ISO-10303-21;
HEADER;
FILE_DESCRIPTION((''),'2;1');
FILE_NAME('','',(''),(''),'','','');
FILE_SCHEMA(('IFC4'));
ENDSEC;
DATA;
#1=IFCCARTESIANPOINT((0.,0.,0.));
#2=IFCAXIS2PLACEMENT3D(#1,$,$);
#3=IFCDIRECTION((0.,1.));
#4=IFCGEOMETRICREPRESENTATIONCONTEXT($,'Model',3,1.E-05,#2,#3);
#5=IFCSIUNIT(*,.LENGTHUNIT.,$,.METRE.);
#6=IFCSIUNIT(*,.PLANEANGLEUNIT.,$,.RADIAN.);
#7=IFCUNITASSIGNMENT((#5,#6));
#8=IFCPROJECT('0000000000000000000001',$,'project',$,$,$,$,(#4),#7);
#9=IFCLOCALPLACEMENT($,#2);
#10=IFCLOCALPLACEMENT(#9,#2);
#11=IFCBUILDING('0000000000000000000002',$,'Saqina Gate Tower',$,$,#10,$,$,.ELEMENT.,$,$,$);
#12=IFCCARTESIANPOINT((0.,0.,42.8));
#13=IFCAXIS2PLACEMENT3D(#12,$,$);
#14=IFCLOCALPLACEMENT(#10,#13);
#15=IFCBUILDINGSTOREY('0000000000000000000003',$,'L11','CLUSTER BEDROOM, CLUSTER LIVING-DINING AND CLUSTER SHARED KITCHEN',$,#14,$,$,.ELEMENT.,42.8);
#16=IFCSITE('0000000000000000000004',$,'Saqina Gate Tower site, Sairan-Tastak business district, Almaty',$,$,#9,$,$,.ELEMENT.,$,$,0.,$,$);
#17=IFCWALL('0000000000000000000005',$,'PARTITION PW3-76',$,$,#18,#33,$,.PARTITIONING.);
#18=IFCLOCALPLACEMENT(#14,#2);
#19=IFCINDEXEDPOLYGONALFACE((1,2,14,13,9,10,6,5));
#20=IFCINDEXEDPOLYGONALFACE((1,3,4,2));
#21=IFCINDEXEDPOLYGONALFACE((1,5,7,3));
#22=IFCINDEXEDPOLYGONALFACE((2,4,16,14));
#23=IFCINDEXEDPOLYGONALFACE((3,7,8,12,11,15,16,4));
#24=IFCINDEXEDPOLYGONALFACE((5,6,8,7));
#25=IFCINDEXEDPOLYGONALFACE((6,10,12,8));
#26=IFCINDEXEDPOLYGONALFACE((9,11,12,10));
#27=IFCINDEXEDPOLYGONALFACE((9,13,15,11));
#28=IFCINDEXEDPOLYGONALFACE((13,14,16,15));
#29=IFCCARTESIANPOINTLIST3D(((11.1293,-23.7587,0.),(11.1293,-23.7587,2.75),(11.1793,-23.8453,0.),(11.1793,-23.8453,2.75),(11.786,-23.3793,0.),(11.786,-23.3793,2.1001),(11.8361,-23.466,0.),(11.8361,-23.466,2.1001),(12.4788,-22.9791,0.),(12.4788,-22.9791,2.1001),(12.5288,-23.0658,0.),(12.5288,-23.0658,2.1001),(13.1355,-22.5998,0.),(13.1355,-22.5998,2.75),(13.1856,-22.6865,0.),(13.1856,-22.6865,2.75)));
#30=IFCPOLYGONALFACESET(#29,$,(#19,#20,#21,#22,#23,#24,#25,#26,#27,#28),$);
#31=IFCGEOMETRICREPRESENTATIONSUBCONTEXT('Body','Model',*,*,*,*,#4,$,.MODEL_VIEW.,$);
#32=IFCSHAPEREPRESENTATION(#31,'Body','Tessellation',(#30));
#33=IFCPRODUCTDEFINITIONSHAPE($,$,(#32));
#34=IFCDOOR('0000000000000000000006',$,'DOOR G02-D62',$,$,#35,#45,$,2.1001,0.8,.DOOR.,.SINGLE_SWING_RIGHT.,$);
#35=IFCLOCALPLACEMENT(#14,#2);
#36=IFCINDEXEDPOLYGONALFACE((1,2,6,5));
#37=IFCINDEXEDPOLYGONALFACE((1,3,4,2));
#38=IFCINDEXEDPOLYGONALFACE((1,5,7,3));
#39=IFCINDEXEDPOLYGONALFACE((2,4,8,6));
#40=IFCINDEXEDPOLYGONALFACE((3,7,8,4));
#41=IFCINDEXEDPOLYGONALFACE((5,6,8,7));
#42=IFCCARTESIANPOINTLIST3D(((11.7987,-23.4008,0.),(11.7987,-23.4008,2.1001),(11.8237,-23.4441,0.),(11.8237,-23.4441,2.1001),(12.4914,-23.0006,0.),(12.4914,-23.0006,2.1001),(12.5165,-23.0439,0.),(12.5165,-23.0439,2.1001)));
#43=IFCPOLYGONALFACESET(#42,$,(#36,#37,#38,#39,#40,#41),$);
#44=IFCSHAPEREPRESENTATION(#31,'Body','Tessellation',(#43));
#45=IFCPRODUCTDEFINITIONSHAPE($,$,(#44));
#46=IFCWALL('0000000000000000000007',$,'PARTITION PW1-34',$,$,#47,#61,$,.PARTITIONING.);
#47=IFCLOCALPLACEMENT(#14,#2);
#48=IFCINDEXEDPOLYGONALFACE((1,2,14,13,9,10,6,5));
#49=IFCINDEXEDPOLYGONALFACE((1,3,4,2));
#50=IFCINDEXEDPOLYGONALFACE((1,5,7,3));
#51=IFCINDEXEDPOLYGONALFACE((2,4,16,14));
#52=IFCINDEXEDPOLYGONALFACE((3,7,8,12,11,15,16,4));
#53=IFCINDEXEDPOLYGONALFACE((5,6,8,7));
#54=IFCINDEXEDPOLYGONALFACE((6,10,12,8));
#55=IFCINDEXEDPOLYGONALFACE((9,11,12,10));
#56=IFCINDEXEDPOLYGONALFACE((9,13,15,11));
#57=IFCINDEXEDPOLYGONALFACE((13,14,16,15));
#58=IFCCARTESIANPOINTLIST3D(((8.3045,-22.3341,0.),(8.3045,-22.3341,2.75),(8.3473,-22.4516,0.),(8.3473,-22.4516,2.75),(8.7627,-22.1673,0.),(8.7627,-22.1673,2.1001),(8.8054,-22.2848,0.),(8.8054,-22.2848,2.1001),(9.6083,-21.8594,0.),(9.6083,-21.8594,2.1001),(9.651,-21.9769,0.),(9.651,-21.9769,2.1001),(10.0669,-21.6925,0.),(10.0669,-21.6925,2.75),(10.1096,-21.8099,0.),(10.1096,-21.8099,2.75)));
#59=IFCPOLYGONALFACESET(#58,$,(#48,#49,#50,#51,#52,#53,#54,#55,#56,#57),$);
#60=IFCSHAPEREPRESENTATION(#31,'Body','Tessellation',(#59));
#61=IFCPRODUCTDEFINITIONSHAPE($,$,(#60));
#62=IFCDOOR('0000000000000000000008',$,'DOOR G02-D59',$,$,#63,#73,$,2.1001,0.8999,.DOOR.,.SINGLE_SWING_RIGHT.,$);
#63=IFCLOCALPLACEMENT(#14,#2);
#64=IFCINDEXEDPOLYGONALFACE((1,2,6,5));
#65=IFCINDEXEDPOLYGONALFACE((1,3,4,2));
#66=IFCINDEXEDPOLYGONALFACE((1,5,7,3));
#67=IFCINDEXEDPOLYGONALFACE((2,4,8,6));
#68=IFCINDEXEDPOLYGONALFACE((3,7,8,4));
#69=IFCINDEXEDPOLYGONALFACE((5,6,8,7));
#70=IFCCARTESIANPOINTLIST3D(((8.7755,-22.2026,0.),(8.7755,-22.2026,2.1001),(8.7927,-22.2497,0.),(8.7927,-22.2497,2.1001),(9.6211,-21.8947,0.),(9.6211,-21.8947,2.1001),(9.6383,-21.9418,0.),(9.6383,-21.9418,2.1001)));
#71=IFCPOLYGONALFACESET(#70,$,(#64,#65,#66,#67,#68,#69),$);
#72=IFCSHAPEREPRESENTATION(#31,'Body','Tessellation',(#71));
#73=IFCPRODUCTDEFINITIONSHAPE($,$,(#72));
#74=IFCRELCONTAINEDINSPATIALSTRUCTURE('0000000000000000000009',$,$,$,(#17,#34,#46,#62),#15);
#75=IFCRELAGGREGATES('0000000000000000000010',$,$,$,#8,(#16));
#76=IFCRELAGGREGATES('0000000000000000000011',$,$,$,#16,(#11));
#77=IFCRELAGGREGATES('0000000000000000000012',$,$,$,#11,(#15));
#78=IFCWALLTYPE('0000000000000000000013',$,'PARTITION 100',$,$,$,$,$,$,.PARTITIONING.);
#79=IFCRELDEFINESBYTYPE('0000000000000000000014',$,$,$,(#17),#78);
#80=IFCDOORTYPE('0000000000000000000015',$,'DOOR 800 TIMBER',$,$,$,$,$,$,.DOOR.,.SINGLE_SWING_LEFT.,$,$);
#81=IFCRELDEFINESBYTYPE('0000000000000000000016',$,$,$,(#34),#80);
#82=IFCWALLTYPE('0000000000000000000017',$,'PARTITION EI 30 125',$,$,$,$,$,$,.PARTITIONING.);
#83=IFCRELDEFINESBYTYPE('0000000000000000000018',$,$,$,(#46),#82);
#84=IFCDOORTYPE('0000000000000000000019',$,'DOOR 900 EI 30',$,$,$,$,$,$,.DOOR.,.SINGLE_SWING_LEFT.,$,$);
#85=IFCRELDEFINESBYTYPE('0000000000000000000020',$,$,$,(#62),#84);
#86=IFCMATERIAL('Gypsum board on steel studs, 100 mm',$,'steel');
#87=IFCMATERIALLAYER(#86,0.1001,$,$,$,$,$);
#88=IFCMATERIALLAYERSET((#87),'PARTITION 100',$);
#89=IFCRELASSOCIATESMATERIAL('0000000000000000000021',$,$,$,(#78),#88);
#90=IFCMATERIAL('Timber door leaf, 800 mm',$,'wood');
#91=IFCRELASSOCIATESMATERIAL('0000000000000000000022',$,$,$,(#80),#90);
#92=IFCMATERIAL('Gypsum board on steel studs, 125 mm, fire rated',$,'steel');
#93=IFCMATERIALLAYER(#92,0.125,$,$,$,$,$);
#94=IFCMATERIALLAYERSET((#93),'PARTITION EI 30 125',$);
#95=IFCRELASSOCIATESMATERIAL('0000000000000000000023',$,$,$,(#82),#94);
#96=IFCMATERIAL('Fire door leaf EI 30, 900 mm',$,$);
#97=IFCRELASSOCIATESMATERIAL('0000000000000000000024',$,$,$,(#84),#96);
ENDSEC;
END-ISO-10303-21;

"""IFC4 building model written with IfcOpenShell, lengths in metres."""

from ifc_helpers import new_model, si_unit, direction, frame, frame_2d, origin, place, context, subcontext, project, spatial, rectangle, extrude, material, layer, layer_set, type_object, element, fill, save


model = new_model("IFC4")

# Units and contexts
model_context = context("Model", 3, precision=1e-05, world=origin(), true_north=direction((0.0, 1.0)))
body_context = subcontext(model_context, "Body", "Model", "MODEL_VIEW")
ifc_project = project(units=[si_unit("LENGTHUNIT", "METRE"), si_unit("PLANEANGLEUNIT", "RADIAN")], contexts=[model_context])

# Site, building, storey
site_placement = place(None, origin())
site = spatial("IfcSite", under=ifc_project, at=site_placement, Name="Saqina Gate Tower site, Sairan-Tastak business district, Almaty", CompositionType="ELEMENT", RefElevation=0.0)
building_placement = place(site_placement, origin())
building = spatial("IfcBuilding", under=site, at=building_placement, Name="Saqina Gate Tower", CompositionType="ELEMENT")
storey_placement = place(building_placement, frame((0.0, 0.0, 42.8)))
storey = spatial("IfcBuildingStorey", under=building, at=storey_placement, Name="L11", Description="CLUSTER BEDROOM, CLUSTER LIVING-DINING AND CLUSTER SHARED KITCHEN", CompositionType="ELEMENT", Elevation=42.8)

# Shared definitions
ifc_material_1 = material(Name="Gypsum board on steel studs, 100 mm", Category="steel")
ifc_layer_1 = layer(ifc_material_1, 0.1001)
ifc_layer_set_1 = layer_set([ifc_layer_1], Name="PARTITION 100")
wall_type_1 = type_object("IfcWallType", Name="PARTITION 100", PredefinedType="PARTITIONING", material=ifc_layer_set_1)

# Walls, openings, doors
wall_1_placement = place(storey_placement, frame((11.1543, -23.802, 0.0), z_axis=(0.0, 0.0, 1.0), x_axis=(0.865919, 0.500185, 0.0)))
wall_1 = element("IfcWall", 1, at=wall_1_placement, inside=storey, type_object=wall_type_1, Name="PARTITION PW3-76", PredefinedType="PARTITIONING", context=body_context, shape_type="SweptSolid", body=[
    extrude(rectangle(XDim=2.3169, YDim=0.1001, at=frame_2d((1.1584, 0.0))), origin(), (0.0, 0.0, 1.0), 2.75),
])
opening_1_placement = place(wall_1_placement, frame((0.7585, 0.0, 0.0)))
opening_1 = element("IfcOpeningElement", 2, at=opening_1_placement, cuts=wall_1, PredefinedType="OPENING", context=body_context, shape_type="SweptSolid", body=[
    extrude(rectangle(XDim=0.8, YDim=2.1001, at=frame_2d((0.3999, 1.05))), frame((0.0, 0.062, 0.0), z_axis=(0.0, -1.0, 0.0), x_axis=(1.0, 0.0, 0.0)), (0.0, 0.0, 1.0), 0.124),
])
ifc_material_2 = material(Name="Timber door leaf, 800 mm", Category="wood")
door_type_1 = type_object("IfcDoorType", Name="DOOR 800 TIMBER", OperationType="SINGLE_SWING_LEFT", PredefinedType="DOOR", material=ifc_material_2)
door_1_placement = place(opening_1_placement, frame((0.8, 0.0, 0.0), z_axis=(0.0, 0.0, 1.0), x_axis=(-1.0, 0.0, 0.0)))
door_1 = element("IfcDoor", 3, at=door_1_placement, inside=storey, type_object=door_type_1, Name="DOOR G02-D62", OperationType="SINGLE_SWING_RIGHT", OverallHeight=2.1001, OverallWidth=0.8, PredefinedType="DOOR", context=body_context, shape_type="SweptSolid", body=[
    extrude(rectangle(XDim=0.8, YDim=2.1001, at=frame_2d((0.3999, 1.05))), frame((0.0, 0.0249, 0.0), z_axis=(0.0, -1.0, 0.0), x_axis=(1.0, 0.0, 0.0)), (0.0, 0.0, 1.0), 0.05),
])
fill(opening_1, door_1)
ifc_material_3 = material(Name="Gypsum board on steel studs, 125 mm, fire rated", Category="steel")
ifc_layer_2 = layer(ifc_material_3, 0.125)
ifc_layer_set_2 = layer_set([ifc_layer_2], Name="PARTITION EI 30 125")
wall_type_2 = type_object("IfcWallType", Name="PARTITION EI 30 125", PredefinedType="PARTITIONING", material=ifc_layer_set_2)
wall_2_placement = place(storey_placement, frame((8.3259, -22.3928, 0.0), z_axis=(0.0, 0.0, 1.0), x_axis=(0.939657, 0.342119, 0.0)))
wall_2 = element("IfcWall", 4, at=wall_2_placement, inside=storey, type_object=wall_type_2, Name="PARTITION PW1-34", PredefinedType="PARTITIONING", context=body_context, shape_type="SweptSolid", body=[
    extrude(rectangle(XDim=1.8755, YDim=0.125, at=frame_2d((0.9377, 0.0))), origin(), (0.0, 0.0, 1.0), 2.75),
])
opening_2_placement = place(wall_2_placement, frame((0.4875, 0.0, 0.0)))
opening_2 = element("IfcOpeningElement", 5, at=opening_2_placement, cuts=wall_2, PredefinedType="OPENING", context=body_context, shape_type="SweptSolid", body=[
    extrude(rectangle(XDim=0.8999, YDim=2.1001, at=frame_2d((0.45, 1.05))), frame((0.0, 0.0745, 0.0), z_axis=(0.0, -1.0, 0.0), x_axis=(1.0, 0.0, 0.0)), (0.0, 0.0, 1.0), 0.1489),
])
ifc_material_4 = material(Name="Fire door leaf EI 30, 900 mm")
door_type_2 = type_object("IfcDoorType", Name="DOOR 900 EI 30", OperationType="SINGLE_SWING_LEFT", PredefinedType="DOOR", material=ifc_material_4)
door_2_placement = place(opening_2_placement, origin())
door_2 = element("IfcDoor", 6, at=door_2_placement, inside=storey, type_object=door_type_2, Name="DOOR G02-D59", OperationType="SINGLE_SWING_RIGHT", OverallHeight=2.1001, OverallWidth=0.8999, PredefinedType="DOOR", context=body_context, shape_type="SweptSolid", body=[
    extrude(rectangle(XDim=0.8999, YDim=2.1001, at=frame_2d((0.45, 1.05))), frame((0.0, 0.0249, 0.0), z_axis=(0.0, -1.0, 0.0), x_axis=(1.0, 0.0, 0.0)), (0.0, 0.0, 1.0), 0.05),
])
fill(opening_2, door_2)

save(model, "model.ifc")
